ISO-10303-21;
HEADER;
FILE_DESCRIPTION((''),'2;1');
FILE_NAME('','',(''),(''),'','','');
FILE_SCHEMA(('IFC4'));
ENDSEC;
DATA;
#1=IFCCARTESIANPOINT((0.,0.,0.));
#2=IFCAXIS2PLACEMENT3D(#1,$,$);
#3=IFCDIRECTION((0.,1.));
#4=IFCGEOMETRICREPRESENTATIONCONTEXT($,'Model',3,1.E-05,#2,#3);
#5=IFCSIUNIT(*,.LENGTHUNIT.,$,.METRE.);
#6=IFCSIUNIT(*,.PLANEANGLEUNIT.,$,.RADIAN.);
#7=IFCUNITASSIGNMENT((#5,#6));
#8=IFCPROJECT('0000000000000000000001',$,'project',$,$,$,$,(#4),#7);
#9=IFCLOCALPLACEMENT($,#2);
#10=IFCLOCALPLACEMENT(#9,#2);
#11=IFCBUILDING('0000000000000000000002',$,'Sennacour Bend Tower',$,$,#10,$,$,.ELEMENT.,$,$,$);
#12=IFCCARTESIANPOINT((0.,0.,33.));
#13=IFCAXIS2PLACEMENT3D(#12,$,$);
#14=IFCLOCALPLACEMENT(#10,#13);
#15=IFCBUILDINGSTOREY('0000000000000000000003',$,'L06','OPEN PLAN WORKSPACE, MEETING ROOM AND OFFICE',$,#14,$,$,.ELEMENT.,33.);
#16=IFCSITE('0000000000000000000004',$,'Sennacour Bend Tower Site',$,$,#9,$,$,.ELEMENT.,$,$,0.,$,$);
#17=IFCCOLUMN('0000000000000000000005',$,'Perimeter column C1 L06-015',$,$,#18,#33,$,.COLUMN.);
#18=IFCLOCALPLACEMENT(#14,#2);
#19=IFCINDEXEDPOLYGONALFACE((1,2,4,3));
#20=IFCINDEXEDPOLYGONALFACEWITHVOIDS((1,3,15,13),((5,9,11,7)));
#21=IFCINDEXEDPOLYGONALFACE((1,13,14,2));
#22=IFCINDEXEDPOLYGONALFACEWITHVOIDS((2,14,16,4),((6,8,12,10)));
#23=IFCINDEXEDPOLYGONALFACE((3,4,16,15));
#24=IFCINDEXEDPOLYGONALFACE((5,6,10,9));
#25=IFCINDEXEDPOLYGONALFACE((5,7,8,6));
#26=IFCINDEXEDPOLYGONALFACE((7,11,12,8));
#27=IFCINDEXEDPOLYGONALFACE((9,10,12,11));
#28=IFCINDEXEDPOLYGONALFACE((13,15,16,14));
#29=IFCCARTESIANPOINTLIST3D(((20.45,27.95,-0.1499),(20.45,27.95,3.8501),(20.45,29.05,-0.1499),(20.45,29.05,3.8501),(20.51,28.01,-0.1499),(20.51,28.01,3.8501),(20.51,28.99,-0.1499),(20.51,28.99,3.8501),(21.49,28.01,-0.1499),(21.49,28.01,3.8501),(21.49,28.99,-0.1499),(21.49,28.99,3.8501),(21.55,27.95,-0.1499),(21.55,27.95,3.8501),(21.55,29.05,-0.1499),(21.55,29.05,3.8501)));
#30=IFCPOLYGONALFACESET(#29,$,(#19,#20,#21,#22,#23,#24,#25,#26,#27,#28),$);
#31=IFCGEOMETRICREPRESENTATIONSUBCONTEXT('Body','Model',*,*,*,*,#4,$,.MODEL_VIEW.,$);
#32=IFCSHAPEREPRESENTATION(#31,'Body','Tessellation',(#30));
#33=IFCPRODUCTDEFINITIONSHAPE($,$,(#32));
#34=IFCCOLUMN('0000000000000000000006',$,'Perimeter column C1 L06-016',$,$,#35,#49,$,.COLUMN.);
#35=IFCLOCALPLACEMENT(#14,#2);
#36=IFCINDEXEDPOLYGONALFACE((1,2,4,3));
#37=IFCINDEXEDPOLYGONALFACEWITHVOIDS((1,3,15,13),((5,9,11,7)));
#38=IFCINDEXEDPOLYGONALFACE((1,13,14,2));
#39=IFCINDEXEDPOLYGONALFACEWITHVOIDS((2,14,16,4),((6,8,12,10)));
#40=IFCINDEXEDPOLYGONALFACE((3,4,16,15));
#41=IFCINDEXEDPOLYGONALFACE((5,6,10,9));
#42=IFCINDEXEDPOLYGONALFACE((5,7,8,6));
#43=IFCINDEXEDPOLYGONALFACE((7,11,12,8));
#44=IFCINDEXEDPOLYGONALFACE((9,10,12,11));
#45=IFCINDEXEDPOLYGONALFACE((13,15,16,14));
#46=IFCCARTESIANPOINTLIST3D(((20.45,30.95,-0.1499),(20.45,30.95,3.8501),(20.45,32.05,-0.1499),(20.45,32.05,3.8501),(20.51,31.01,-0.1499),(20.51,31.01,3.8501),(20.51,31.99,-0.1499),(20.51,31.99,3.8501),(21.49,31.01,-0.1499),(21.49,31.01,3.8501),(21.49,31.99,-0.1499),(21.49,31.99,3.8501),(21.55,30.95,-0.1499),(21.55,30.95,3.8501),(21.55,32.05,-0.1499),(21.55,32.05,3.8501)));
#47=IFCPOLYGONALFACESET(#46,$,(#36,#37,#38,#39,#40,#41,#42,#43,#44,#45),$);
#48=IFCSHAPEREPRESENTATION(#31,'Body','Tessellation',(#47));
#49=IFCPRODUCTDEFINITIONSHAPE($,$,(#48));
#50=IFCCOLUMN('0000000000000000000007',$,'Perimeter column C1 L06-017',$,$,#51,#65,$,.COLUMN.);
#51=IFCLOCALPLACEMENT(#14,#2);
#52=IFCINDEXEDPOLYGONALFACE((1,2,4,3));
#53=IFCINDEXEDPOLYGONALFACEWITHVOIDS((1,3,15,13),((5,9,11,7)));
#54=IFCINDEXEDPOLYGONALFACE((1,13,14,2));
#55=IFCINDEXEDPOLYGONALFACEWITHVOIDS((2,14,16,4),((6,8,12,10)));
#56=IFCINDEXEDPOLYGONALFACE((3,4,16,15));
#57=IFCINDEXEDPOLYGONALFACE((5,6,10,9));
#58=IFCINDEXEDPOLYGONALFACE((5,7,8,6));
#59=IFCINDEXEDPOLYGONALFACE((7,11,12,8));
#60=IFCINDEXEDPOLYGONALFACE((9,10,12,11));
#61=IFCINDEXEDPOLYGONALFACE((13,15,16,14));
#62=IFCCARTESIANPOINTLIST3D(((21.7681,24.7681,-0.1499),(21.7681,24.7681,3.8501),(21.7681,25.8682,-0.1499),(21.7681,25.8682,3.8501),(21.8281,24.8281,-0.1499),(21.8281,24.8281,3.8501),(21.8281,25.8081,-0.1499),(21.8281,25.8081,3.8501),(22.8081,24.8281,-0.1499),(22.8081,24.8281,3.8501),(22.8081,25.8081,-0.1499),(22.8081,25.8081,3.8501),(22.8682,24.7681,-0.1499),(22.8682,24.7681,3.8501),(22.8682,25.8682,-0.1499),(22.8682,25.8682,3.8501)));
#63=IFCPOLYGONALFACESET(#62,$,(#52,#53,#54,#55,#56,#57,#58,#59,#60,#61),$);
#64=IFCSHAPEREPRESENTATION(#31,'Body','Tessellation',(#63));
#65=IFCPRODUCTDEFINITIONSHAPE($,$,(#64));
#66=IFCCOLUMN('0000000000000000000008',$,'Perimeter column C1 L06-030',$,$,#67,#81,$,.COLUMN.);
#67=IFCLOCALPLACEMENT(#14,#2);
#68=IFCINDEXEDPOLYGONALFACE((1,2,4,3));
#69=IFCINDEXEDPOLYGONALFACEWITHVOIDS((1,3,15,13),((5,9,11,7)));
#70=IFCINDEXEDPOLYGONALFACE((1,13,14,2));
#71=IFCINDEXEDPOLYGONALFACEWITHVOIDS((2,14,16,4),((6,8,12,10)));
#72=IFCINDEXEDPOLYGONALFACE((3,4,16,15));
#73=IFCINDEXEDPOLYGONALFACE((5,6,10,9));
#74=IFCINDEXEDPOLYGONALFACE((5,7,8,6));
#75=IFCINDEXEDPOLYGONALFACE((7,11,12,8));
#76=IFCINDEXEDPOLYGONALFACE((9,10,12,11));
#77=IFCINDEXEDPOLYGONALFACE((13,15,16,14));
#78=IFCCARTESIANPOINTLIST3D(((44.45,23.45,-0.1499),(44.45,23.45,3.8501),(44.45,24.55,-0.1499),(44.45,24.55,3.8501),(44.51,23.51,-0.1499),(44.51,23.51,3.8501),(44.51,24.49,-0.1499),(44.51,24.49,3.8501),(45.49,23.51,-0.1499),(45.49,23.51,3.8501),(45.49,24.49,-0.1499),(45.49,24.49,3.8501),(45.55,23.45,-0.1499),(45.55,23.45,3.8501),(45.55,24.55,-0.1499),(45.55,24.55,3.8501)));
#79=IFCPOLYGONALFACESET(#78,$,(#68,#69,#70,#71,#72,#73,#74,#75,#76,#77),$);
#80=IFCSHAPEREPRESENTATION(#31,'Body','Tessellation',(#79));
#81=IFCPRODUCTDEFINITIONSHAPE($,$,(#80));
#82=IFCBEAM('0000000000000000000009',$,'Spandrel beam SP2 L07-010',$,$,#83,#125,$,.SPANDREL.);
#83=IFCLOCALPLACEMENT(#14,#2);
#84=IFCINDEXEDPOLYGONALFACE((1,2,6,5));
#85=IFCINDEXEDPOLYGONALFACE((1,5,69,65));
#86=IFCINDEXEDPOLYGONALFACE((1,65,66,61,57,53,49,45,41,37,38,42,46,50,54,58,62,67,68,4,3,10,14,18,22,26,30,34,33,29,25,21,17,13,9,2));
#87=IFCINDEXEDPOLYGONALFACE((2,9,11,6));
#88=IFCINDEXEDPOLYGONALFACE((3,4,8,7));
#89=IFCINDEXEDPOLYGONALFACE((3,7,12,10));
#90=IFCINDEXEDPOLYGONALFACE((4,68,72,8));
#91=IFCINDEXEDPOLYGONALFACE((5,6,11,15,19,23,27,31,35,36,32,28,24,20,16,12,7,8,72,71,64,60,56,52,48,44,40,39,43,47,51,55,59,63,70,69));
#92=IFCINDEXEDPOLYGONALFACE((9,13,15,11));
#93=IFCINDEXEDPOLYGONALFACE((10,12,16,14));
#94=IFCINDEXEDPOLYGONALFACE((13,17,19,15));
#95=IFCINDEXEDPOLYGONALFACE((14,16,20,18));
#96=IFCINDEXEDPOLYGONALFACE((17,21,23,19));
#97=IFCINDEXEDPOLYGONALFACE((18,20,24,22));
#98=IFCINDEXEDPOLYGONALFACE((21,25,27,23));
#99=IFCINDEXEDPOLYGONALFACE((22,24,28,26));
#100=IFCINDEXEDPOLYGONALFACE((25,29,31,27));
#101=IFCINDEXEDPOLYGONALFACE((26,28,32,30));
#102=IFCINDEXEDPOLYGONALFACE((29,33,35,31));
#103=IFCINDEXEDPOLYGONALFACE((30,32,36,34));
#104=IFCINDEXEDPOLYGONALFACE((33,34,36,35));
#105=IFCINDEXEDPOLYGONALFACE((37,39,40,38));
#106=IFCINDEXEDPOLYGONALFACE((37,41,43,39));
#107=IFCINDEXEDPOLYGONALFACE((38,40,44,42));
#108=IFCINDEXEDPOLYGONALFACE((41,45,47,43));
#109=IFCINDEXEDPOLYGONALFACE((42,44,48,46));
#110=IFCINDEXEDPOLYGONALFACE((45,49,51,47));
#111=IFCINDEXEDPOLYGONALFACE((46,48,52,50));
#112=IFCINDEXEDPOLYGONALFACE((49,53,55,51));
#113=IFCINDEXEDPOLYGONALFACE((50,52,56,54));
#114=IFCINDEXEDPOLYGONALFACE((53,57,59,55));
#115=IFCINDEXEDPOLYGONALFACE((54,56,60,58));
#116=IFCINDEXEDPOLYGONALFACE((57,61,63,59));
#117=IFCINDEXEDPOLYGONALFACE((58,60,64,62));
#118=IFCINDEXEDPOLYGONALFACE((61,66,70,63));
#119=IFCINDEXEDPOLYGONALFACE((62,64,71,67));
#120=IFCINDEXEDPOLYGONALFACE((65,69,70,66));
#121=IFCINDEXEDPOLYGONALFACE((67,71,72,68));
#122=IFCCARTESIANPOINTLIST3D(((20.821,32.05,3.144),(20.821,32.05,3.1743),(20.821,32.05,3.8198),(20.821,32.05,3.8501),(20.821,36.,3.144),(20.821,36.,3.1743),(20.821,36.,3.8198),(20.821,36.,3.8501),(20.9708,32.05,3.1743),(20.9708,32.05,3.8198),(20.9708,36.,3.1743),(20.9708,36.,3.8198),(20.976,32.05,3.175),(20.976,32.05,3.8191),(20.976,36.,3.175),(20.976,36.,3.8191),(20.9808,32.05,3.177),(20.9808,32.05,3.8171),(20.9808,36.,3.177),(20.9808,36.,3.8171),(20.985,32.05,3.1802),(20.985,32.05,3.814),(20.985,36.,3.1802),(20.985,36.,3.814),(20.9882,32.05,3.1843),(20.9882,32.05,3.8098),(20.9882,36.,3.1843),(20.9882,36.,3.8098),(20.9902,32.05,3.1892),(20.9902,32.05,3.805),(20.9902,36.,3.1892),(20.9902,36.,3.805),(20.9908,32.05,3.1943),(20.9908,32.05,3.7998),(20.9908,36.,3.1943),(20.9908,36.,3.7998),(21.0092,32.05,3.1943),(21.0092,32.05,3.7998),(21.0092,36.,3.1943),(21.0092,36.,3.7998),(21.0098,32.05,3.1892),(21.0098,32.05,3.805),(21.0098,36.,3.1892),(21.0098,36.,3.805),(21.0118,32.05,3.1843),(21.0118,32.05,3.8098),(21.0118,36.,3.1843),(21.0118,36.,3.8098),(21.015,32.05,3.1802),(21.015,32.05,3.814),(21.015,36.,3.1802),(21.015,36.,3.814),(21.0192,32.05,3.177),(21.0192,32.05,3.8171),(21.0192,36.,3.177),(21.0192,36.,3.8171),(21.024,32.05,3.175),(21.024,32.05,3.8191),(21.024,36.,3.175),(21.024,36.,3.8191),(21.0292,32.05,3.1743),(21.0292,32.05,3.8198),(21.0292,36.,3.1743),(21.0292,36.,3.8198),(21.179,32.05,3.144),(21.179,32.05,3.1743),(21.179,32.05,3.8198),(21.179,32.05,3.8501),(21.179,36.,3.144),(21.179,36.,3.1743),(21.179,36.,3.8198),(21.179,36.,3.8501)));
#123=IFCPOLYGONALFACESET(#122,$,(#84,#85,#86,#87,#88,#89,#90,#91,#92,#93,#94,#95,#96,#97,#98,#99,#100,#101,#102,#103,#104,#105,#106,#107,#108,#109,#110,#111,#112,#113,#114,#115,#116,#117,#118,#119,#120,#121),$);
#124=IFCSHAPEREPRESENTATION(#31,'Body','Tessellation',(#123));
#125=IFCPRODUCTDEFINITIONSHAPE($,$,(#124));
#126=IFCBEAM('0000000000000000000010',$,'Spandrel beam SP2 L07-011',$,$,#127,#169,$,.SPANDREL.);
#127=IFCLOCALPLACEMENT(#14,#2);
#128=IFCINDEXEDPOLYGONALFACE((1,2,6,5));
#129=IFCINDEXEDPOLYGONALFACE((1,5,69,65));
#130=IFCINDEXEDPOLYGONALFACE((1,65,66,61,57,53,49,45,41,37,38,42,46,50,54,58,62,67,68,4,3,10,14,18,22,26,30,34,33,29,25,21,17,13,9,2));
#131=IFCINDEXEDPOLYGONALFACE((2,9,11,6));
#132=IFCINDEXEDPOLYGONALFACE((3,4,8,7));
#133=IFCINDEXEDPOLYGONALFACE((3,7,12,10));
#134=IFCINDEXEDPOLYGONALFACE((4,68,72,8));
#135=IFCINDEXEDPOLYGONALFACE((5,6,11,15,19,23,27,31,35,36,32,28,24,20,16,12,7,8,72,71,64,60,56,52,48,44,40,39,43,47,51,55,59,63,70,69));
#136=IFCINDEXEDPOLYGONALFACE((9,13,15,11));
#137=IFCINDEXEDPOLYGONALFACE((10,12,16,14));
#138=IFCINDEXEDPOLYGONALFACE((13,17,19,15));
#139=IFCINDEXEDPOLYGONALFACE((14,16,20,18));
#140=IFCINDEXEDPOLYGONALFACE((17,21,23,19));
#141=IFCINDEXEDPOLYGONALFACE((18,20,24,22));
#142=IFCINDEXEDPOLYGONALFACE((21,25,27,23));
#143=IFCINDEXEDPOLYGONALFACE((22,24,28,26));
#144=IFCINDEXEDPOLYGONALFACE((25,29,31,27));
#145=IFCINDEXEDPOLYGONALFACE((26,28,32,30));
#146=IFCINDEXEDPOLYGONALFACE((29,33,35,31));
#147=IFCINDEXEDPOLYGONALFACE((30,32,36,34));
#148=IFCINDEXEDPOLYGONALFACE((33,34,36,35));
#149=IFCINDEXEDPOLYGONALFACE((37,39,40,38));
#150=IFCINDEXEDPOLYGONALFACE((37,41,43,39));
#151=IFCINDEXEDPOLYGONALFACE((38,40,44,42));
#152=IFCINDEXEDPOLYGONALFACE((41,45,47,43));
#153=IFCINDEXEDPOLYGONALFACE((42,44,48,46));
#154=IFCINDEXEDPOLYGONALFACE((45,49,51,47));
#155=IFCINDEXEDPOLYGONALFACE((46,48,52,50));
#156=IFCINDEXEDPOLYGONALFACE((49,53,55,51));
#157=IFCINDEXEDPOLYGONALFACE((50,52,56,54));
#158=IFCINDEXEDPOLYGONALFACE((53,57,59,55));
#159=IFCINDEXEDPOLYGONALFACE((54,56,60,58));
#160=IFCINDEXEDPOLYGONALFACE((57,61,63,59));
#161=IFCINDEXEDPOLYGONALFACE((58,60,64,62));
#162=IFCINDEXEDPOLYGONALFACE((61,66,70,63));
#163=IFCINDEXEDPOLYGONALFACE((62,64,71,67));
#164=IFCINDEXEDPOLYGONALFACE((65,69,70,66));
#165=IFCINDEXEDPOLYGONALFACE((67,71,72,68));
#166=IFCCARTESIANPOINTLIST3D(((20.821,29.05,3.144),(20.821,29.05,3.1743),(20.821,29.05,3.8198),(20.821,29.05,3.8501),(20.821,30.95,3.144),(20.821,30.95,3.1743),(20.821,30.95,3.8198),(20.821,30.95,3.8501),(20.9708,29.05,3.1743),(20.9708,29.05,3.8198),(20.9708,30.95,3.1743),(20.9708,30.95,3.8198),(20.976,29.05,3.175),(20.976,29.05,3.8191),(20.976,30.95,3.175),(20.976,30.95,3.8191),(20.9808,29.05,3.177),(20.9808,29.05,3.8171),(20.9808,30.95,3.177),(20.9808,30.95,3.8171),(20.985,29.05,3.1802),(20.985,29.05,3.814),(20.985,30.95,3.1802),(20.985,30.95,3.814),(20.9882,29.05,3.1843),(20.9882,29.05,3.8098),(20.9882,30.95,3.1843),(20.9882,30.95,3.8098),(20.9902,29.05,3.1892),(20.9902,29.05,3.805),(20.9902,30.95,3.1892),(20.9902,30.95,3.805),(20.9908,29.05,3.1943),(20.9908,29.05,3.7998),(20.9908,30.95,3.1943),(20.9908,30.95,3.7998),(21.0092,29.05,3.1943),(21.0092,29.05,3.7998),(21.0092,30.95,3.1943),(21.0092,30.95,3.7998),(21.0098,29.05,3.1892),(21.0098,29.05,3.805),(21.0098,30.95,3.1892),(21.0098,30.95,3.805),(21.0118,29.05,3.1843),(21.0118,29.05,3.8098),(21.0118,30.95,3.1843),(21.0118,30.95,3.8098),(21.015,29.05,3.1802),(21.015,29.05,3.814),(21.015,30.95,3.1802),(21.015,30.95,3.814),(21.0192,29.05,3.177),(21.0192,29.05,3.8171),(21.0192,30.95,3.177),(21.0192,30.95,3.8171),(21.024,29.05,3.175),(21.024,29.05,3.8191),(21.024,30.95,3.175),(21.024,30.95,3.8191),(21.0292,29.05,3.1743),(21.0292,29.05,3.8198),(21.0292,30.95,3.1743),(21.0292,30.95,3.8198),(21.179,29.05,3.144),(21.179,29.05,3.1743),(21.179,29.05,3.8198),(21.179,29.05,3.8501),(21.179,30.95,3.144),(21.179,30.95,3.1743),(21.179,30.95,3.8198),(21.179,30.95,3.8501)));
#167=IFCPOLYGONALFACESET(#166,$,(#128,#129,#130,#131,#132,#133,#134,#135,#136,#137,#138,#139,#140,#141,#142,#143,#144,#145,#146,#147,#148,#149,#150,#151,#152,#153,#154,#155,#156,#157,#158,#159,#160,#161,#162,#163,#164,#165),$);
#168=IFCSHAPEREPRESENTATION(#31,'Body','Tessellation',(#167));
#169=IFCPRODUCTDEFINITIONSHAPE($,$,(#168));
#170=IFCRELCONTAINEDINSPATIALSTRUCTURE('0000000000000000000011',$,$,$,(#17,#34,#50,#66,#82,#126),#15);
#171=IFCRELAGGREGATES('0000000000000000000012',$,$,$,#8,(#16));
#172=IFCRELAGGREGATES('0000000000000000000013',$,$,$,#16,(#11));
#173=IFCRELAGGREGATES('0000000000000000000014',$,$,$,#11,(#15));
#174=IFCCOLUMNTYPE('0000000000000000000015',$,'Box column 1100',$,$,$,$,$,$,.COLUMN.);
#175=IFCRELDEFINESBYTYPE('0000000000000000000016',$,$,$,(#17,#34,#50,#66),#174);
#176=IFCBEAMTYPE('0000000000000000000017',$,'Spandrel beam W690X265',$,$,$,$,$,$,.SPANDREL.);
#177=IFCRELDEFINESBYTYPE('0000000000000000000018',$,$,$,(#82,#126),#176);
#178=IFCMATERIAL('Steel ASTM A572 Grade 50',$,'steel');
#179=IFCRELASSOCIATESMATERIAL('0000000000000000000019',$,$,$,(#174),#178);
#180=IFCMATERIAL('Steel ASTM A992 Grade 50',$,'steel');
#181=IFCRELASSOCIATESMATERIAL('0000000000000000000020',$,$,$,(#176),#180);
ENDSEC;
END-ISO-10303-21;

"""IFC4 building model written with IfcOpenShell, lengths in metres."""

from ifc_helpers import new_model, si_unit, direction, frame, origin, origin_2d, place, context, subcontext, project, spatial, hollow_rectangle, i_section, extrude, material, material_profile, profile_set, type_object, element, save


model = new_model("IFC4")

# Units and contexts
model_context = context("Model", 3, precision=1e-05, world=origin(), true_north=direction((0.0, 1.0)))
body_context = subcontext(model_context, "Body", "Model", "MODEL_VIEW")
ifc_project = project(units=[si_unit("LENGTHUNIT", "METRE"), si_unit("PLANEANGLEUNIT", "RADIAN")], contexts=[model_context])

# Site, building, storey
site_placement = place(None, origin())
site = spatial("IfcSite", under=ifc_project, at=site_placement, Name="Sennacour Bend Tower Site", CompositionType="ELEMENT", RefElevation=0.0)
building_placement = place(site_placement, origin())
building = spatial("IfcBuilding", under=site, at=building_placement, Name="Sennacour Bend Tower", CompositionType="ELEMENT")
storey_placement = place(building_placement, frame((0.0, 0.0, 33.0)))
storey = spatial("IfcBuildingStorey", under=building, at=storey_placement, Name="L06", Description="OPEN PLAN WORKSPACE, MEETING ROOM AND OFFICE", CompositionType="ELEMENT", Elevation=33.0)

# Columns
ifc_material_1 = material(Name="Steel ASTM A572 Grade 50", Category="steel")
ifc_material_profile_1 = material_profile(ifc_material_1, hollow_rectangle(XDim=1.1001, YDim=1.1001, WallThickness=0.0601, at=origin_2d()), Name="Steel ASTM A572 Grade 50", Category="steel")
ifc_profile_set_1 = profile_set([ifc_material_profile_1], Name="Steel ASTM A572 Grade 50")
column_type = type_object("IfcColumnType", Name="Box column 1100", PredefinedType="COLUMN", material=ifc_profile_set_1)
for number, where, z_axis, x_axis, name in (
    (1, (21.0, 28.5, -0.1499), (0.0, 0.0, 1.0), (1.0, 0.0, 0.0), "Perimeter column C1 L06-015"),
    (2, (21.0, 31.5, -0.1499), (0.0, 0.0, 1.0), (1.0, 0.0, 0.0), "Perimeter column C1 L06-016"),
    (3, (22.3181, 25.3181, -0.1499), (0.0, 0.0, 1.0), (1.0, 0.0, 0.0), "Perimeter column C1 L06-017"),
    (4, (45.0, 24.0, -0.1499), (0.0, 0.0, 1.0), (1.0, 0.0, 0.0), "Perimeter column C1 L06-030"),
):
    element("IfcColumn", number, at=place(storey_placement, frame(where, z_axis=z_axis, x_axis=x_axis)), inside=storey, type_object=column_type, Name=name, PredefinedType="COLUMN", context=body_context, shape_type="SweptSolid", body=[
        extrude(hollow_rectangle(XDim=1.1001, YDim=1.1001, WallThickness=0.0601, at=origin_2d()), origin(), (0.0, 0.0, 1.0), 4.0),
    ])

# Beams
ifc_material_2 = material(Name="Steel ASTM A992 Grade 50", Category="steel")
ifc_material_profile_2 = material_profile(ifc_material_2, i_section(OverallWidth=0.3579, OverallDepth=0.7061, WebThickness=0.0183, FlangeThickness=0.0303, FilletRadius=0.02, at=origin_2d()), Name="Steel ASTM A992 Grade 50", Category="steel")
ifc_profile_set_2 = profile_set([ifc_material_profile_2], Name="Steel ASTM A992 Grade 50")
beam_type = type_object("IfcBeamType", Name="Spandrel beam W690X265", PredefinedType="SPANDREL", material=ifc_profile_set_2)
beam_1_placement = place(storey_placement, frame((21.0, 36.0, 3.4971), z_axis=(0.0, -1.0, 0.0), x_axis=(1.0, 0.0, 0.0)))
element("IfcBeam", 5, at=beam_1_placement, inside=storey, type_object=beam_type, Name="Spandrel beam SP2 L07-010", PredefinedType="SPANDREL", context=body_context, shape_type="SweptSolid", body=[
    extrude(i_section(OverallWidth=0.3579, OverallDepth=0.7061, WebThickness=0.0183, FlangeThickness=0.0303, FilletRadius=0.02, at=origin_2d()), origin(), (0.0, 0.0, 1.0), 3.95),
])
beam_2_placement = place(storey_placement, frame((21.0, 30.95, 3.4971), z_axis=(0.0, -1.0, 0.0), x_axis=(1.0, 0.0, 0.0)))
element("IfcBeam", 6, at=beam_2_placement, inside=storey, type_object=beam_type, Name="Spandrel beam SP2 L07-011", PredefinedType="SPANDREL", context=body_context, shape_type="SweptSolid", body=[
    extrude(i_section(OverallWidth=0.3579, OverallDepth=0.7061, WebThickness=0.0183, FlangeThickness=0.0303, FilletRadius=0.02, at=origin_2d()), origin(), (0.0, 0.0, 1.0), 1.8999),
])

save(model, "model.ifc")
